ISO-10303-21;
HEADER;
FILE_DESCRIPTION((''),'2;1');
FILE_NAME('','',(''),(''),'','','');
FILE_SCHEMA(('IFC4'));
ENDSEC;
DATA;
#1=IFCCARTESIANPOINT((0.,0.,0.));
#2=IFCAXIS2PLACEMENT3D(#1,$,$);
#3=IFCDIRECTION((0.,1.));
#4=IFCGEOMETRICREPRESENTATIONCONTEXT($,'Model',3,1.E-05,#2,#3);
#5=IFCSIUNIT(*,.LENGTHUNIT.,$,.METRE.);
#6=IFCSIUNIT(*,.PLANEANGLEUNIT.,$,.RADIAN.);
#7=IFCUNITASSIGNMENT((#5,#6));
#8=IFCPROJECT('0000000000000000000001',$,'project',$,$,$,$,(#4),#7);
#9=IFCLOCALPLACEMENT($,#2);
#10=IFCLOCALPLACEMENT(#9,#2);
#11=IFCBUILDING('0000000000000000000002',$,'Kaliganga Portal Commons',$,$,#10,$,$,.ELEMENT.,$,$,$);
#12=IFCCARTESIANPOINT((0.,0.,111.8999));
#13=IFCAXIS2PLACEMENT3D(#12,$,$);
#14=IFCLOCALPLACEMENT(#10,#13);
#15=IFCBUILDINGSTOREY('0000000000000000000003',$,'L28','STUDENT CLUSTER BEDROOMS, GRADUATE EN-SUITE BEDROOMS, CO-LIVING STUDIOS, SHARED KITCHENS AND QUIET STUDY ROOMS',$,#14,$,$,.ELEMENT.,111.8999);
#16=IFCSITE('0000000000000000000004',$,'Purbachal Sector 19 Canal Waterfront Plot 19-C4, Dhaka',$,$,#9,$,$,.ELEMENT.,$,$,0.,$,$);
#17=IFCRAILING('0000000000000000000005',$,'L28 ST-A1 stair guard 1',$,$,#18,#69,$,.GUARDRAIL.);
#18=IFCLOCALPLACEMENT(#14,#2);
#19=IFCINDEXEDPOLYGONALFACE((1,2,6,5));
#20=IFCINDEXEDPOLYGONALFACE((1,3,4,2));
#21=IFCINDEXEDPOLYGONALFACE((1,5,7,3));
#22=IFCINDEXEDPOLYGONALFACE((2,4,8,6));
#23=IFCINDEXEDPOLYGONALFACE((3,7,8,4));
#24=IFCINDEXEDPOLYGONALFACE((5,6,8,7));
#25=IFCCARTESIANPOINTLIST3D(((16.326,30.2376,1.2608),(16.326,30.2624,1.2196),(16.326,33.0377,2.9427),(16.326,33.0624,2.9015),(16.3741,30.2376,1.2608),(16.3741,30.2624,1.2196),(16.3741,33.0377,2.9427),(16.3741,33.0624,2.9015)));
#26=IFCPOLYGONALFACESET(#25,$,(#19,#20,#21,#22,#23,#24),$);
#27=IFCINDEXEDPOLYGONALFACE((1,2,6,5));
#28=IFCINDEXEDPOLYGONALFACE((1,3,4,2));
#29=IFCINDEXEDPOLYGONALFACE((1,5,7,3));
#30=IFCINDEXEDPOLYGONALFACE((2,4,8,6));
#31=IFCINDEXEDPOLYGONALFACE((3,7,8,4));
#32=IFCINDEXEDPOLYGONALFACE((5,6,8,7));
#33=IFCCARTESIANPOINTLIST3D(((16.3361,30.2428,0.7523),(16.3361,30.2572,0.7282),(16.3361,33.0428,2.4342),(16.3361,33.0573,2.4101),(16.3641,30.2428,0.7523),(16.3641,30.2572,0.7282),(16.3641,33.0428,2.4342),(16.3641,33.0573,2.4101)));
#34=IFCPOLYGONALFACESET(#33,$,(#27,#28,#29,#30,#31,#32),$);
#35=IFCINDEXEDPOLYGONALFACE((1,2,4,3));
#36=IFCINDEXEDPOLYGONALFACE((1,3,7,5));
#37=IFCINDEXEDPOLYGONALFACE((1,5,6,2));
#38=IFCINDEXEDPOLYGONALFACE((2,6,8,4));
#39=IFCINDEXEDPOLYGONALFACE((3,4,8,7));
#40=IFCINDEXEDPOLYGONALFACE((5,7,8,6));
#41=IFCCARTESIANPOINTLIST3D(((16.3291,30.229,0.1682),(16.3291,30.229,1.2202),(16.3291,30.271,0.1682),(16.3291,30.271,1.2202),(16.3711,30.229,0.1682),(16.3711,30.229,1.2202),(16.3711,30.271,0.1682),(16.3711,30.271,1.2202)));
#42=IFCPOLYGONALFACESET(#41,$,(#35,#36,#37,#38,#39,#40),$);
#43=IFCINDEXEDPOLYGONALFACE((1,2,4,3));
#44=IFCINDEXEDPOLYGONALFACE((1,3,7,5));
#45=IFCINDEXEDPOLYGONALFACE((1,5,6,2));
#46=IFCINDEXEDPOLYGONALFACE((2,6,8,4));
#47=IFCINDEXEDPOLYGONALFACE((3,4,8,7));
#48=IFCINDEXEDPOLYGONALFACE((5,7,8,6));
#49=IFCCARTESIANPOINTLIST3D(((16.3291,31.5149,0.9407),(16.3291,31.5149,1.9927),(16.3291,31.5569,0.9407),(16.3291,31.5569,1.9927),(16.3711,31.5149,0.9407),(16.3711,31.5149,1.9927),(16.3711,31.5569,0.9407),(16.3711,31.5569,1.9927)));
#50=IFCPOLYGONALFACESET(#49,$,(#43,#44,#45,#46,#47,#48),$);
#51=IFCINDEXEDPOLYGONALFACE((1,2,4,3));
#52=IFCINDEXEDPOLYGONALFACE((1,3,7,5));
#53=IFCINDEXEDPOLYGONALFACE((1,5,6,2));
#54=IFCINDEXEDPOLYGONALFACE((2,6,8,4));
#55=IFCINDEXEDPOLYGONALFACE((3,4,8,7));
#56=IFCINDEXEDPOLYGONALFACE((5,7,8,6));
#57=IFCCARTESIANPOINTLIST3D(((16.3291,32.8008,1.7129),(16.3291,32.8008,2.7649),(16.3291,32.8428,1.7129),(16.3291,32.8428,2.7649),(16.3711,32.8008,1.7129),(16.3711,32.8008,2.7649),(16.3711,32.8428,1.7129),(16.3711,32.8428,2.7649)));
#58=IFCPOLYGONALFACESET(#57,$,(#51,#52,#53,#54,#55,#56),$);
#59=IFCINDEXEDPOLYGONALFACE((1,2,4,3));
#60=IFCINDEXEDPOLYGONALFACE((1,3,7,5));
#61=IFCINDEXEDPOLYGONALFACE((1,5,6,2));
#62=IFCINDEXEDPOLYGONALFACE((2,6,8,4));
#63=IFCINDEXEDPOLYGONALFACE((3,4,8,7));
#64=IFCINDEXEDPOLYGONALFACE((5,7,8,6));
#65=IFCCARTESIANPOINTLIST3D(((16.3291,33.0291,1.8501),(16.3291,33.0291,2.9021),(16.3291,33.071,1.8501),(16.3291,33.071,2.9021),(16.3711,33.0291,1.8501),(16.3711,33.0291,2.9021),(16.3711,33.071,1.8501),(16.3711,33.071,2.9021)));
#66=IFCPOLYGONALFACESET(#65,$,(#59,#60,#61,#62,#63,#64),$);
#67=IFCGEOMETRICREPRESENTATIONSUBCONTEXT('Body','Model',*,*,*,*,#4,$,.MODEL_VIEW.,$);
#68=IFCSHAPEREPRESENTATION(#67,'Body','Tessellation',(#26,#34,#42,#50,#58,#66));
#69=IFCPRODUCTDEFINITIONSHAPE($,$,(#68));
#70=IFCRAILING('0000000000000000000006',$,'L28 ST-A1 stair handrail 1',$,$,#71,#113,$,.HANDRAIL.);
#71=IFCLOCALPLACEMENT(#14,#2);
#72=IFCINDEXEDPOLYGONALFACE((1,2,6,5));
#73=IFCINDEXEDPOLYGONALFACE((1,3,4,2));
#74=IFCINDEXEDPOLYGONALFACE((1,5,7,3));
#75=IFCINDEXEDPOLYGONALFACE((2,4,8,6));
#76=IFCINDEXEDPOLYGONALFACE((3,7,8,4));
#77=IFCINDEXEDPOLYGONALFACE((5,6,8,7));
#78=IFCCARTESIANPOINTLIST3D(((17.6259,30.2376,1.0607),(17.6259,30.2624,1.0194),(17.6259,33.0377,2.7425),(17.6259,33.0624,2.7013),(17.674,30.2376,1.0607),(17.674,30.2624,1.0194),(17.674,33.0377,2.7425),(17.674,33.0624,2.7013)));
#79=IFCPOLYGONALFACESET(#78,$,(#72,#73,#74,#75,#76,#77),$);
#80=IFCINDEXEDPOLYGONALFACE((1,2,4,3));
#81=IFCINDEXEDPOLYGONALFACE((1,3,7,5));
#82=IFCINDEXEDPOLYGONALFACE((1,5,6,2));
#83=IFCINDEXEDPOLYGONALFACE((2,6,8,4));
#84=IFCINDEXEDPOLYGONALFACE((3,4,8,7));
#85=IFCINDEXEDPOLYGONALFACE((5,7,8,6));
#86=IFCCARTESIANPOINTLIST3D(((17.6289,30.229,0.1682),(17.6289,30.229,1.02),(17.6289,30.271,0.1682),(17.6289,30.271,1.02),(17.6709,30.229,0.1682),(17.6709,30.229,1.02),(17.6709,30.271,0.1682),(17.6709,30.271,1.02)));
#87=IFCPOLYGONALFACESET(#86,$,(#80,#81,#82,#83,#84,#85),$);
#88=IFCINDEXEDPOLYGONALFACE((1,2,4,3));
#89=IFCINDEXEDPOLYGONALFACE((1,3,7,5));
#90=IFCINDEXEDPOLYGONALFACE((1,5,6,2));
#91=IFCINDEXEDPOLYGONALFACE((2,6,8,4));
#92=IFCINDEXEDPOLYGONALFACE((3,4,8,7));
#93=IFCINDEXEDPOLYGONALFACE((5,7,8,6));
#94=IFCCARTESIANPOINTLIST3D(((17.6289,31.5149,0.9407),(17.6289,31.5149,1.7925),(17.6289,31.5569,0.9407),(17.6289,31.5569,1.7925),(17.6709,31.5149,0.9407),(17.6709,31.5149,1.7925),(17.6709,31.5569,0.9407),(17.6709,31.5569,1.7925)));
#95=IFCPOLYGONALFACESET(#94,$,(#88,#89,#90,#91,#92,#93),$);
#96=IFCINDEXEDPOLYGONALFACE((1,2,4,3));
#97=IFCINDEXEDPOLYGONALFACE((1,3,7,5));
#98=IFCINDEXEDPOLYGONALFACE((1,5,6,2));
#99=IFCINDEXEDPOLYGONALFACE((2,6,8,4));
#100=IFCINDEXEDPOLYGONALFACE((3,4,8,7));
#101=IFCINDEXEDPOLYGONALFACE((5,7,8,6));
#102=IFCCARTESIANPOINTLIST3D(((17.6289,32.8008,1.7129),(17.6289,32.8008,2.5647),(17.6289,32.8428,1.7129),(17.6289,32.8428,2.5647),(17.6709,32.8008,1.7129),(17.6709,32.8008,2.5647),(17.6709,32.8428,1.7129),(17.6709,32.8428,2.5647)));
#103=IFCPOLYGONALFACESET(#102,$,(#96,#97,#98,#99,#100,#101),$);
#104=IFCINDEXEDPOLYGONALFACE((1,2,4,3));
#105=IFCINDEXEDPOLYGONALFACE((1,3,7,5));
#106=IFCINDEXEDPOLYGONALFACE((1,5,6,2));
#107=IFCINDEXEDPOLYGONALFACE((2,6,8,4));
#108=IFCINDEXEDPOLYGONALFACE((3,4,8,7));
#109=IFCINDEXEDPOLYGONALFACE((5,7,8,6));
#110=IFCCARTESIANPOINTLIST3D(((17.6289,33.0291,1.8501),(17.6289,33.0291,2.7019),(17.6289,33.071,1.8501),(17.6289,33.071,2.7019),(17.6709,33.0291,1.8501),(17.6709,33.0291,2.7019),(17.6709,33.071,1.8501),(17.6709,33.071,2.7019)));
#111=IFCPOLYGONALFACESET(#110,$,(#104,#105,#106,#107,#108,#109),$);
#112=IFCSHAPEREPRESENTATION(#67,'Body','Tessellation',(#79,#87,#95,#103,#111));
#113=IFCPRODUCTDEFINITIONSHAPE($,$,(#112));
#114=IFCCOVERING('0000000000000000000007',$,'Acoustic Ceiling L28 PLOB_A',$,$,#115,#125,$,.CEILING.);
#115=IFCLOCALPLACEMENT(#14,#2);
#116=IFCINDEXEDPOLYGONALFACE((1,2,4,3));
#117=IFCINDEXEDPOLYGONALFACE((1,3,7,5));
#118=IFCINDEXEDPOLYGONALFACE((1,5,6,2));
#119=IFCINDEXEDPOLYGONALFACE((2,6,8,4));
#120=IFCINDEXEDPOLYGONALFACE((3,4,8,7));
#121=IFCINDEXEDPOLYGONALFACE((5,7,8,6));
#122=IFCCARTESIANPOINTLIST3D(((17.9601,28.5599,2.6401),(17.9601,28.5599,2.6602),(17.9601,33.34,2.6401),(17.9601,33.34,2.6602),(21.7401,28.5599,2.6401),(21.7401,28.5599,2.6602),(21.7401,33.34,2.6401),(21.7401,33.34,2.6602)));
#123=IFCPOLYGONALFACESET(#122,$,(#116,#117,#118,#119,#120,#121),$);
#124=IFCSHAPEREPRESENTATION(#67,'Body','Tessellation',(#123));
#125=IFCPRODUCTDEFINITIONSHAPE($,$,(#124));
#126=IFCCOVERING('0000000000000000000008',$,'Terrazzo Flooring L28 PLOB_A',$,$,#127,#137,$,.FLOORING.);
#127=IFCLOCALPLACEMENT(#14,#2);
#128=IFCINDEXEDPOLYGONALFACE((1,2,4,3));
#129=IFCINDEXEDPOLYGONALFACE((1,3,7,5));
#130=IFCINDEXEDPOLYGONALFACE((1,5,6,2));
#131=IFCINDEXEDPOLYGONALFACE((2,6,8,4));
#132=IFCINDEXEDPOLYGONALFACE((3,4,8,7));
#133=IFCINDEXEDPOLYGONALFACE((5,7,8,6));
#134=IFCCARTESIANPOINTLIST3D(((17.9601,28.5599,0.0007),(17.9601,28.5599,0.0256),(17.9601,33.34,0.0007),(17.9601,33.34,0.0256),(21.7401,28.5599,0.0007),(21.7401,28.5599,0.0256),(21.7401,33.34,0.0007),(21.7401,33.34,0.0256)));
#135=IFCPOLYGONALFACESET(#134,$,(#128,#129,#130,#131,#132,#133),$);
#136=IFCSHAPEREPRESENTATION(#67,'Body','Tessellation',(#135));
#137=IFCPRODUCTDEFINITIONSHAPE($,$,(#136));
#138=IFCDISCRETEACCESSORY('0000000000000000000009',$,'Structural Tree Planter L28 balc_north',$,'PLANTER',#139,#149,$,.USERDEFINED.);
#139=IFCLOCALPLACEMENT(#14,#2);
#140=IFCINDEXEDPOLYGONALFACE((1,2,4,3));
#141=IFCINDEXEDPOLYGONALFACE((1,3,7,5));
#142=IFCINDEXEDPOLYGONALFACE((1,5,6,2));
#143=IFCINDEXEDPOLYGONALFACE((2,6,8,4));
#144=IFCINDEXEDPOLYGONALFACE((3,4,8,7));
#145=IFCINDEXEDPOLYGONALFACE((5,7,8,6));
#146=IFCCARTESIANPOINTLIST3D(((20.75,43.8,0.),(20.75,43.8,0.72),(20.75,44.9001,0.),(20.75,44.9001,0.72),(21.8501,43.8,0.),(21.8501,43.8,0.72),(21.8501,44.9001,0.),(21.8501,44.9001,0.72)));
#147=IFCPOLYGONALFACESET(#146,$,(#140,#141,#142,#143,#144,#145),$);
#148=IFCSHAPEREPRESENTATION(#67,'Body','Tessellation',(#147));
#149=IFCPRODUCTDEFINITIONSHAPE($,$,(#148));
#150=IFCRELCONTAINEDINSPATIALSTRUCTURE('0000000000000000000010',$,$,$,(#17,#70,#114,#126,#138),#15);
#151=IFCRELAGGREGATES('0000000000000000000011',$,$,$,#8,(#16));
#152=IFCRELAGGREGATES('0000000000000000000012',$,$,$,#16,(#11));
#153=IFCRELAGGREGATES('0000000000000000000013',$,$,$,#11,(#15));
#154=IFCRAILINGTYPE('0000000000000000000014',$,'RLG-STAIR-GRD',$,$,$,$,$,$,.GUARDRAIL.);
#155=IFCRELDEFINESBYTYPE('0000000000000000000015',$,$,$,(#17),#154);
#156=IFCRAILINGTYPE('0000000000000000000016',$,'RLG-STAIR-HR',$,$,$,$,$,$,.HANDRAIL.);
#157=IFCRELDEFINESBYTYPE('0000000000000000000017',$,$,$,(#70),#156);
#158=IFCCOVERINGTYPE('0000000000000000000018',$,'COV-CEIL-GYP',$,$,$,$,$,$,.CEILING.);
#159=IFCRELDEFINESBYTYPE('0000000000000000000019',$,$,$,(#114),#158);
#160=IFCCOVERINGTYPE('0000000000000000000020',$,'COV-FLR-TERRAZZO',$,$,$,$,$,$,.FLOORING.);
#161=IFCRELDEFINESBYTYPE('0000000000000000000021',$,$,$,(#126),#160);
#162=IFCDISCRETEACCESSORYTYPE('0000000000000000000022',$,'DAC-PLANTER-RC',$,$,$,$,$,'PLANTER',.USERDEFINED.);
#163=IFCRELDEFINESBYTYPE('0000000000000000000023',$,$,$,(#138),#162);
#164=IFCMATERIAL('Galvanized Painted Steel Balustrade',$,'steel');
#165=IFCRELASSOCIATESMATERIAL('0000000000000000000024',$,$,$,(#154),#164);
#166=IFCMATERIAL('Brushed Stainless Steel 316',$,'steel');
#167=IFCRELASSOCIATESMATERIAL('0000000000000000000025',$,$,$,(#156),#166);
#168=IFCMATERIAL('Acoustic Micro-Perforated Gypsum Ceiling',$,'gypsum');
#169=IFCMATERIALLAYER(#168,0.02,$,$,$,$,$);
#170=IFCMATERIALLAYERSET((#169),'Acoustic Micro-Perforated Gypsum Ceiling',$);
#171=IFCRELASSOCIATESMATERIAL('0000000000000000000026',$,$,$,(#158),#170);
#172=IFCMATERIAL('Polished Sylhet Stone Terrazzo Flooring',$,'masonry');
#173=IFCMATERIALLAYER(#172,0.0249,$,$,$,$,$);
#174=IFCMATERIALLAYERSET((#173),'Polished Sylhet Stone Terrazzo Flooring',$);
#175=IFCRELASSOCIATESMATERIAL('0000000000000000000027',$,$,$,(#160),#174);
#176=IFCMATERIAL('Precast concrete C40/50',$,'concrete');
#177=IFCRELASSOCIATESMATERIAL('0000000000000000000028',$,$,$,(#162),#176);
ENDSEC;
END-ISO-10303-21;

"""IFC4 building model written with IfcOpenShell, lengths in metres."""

from ifc_helpers import new_model, si_unit, direction, frame, origin, origin_2d, place, context, subcontext, project, spatial, rectangle, extrude, source, transform, mapped, material, layer, layer_set, type_object, element, save


model = new_model("IFC4")

# Units and contexts
model_context = context("Model", 3, precision=1e-05, world=origin(), true_north=direction((0.0, 1.0)))
body_context = subcontext(model_context, "Body", "Model", "MODEL_VIEW")
ifc_project = project(units=[si_unit("LENGTHUNIT", "METRE"), si_unit("PLANEANGLEUNIT", "RADIAN")], contexts=[model_context])

# Site, building, storey
site_placement = place(None, origin())
site = spatial("IfcSite", under=ifc_project, at=site_placement, Name="Purbachal Sector 19 Canal Waterfront Plot 19-C4, Dhaka", CompositionType="ELEMENT", RefElevation=0.0)
building_placement = place(site_placement, origin())
building = spatial("IfcBuilding", under=site, at=building_placement, Name="Kaliganga Portal Commons", CompositionType="ELEMENT")
storey_placement = place(building_placement, frame((0.0, 0.0, 111.8999)))
storey = spatial("IfcBuildingStorey", under=building, at=storey_placement, Name="L28", Description="STUDENT CLUSTER BEDROOMS, GRADUATE EN-SUITE BEDROOMS, CO-LIVING STUDIOS, SHARED KITCHENS AND QUIET STUDY ROOMS", CompositionType="ELEMENT", Elevation=111.8999)

# Railings
ifc_material_1 = material(Name="Galvanized Painted Steel Balustrade", Category="steel")
railing_type_1 = type_object("IfcRailingType", Name="RLG-STAIR-GRD", PredefinedType="GUARDRAIL", material=ifc_material_1)
railing_1_placement = place(storey_placement, frame((16.3501, 30.25, 0.1682)))
element("IfcRailing", 1, at=railing_1_placement, inside=storey, type_object=railing_type_1, Name="L28 ST-A1 stair guard 1", PredefinedType="GUARDRAIL", context=body_context, shape_type="SweptSolid", body=[
    extrude(rectangle(XDim=0.0481, YDim=0.0481, at=origin_2d()), frame((0.0, 0.0, 1.072), z_axis=(0.0, 0.857242, 0.514913), x_axis=(-1.0, 0.0, 0.0)), (0.0, 0.0, 1.0), 3.2664),
    extrude(rectangle(XDim=0.0281, YDim=0.0281, at=origin_2d()), frame((0.0, 0.0, 0.572), z_axis=(0.0, 0.857242, 0.514913), x_axis=(-1.0, 0.0, 0.0)), (0.0, 0.0, 1.0), 3.2664),
    extrude(rectangle(XDim=0.042, YDim=0.042, at=origin_2d()), origin(), (0.0, 0.0, 1.0), 1.052),
    extrude(rectangle(XDim=0.042, YDim=0.042, at=origin_2d()), frame((0.0, 1.2859, 0.7725)), (0.0, 0.0, 1.0), 1.052),
    extrude(rectangle(XDim=0.042, YDim=0.042, at=origin_2d()), frame((0.0, 2.5718, 1.5447)), (0.0, 0.0, 1.0), 1.052),
    extrude(rectangle(XDim=0.042, YDim=0.042, at=origin_2d()), frame((0.0, 2.8, 1.6819)), (0.0, 0.0, 1.0), 1.052),
])
ifc_material_2 = material(Name="Brushed Stainless Steel 316", Category="steel")
railing_type_2 = type_object("IfcRailingType", Name="RLG-STAIR-HR", PredefinedType="HANDRAIL", material=ifc_material_2)
railing_2_placement = place(storey_placement, frame((17.6499, 30.25, 0.1682)))
element("IfcRailing", 2, at=railing_2_placement, inside=storey, type_object=railing_type_2, Name="L28 ST-A1 stair handrail 1", PredefinedType="HANDRAIL", context=body_context, shape_type="SweptSolid", body=[
    extrude(rectangle(XDim=0.0481, YDim=0.0481, at=origin_2d()), frame((0.0, 0.0, 0.8718), z_axis=(0.0, 0.857242, 0.514913), x_axis=(-1.0, 0.0, 0.0)), (0.0, 0.0, 1.0), 3.2664),
    extrude(rectangle(XDim=0.042, YDim=0.042, at=origin_2d()), origin(), (0.0, 0.0, 1.0), 0.8518),
    extrude(rectangle(XDim=0.042, YDim=0.042, at=origin_2d()), frame((0.0, 1.2859, 0.7725)), (0.0, 0.0, 1.0), 0.8518),
    extrude(rectangle(XDim=0.042, YDim=0.042, at=origin_2d()), frame((0.0, 2.5718, 1.5447)), (0.0, 0.0, 1.0), 0.8518),
    extrude(rectangle(XDim=0.042, YDim=0.042, at=origin_2d()), frame((0.0, 2.8, 1.6819)), (0.0, 0.0, 1.0), 0.8518),
])

# Coverings
ifc_material_3 = material(Name="Acoustic Micro-Perforated Gypsum Ceiling", Category="gypsum")
ifc_layer_1 = layer(ifc_material_3, 0.02)
ifc_layer_set_1 = layer_set([ifc_layer_1], Name="Acoustic Micro-Perforated Gypsum Ceiling")
covering_type_1 = type_object("IfcCoveringType", Name="COV-CEIL-GYP", PredefinedType="CEILING", material=ifc_layer_set_1)
shared_shape_1 = source(origin(), body_context, "Body", "SweptSolid", [
    extrude(rectangle(XDim=3.78, YDim=4.78, at=origin_2d()), origin(), (0.0, 0.0, 1.0), 0.02),
])
covering_1_placement = place(storey_placement, frame((19.8501, 30.95, 2.6401), z_axis=(0.0, 0.0, 1.0), x_axis=(1.0, 0.0, 0.0)))
element("IfcCovering", 3, at=covering_1_placement, inside=storey, type_object=covering_type_1, Name="Acoustic Ceiling L28 PLOB_A", PredefinedType="CEILING", context=body_context, shape_type="MappedRepresentation", body=[
    mapped(shared_shape_1, transform((0.0, 0.0, 0.0), x_axis=(1.0, 0.0, 0.0), y_axis=(0.0, 1.0, 0.0), z_axis=(0.0, 0.0, 1.0), scale=1.0)),
])
ifc_material_4 = material(Name="Polished Sylhet Stone Terrazzo Flooring", Category="masonry")
ifc_layer_2 = layer(ifc_material_4, 0.0249)
ifc_layer_set_2 = layer_set([ifc_layer_2], Name="Polished Sylhet Stone Terrazzo Flooring")
covering_type_2 = type_object("IfcCoveringType", Name="COV-FLR-TERRAZZO", PredefinedType="FLOORING", material=ifc_layer_set_2)
shared_shape_2 = source(origin(), body_context, "Body", "SweptSolid", [
    extrude(rectangle(XDim=3.78, YDim=4.78, at=origin_2d()), origin(), (0.0, 0.0, 1.0), 0.0249),
])
covering_2_placement = place(storey_placement, frame((19.8501, 30.95, 0.0007), z_axis=(0.0, 0.0, 1.0), x_axis=(1.0, 0.0, 0.0)))
element("IfcCovering", 4, at=covering_2_placement, inside=storey, type_object=covering_type_2, Name="Terrazzo Flooring L28 PLOB_A", PredefinedType="FLOORING", context=body_context, shape_type="MappedRepresentation", body=[
    mapped(shared_shape_2, transform((0.0, 0.0, 0.0), x_axis=(1.0, 0.0, 0.0), y_axis=(0.0, 1.0, 0.0), z_axis=(0.0, 0.0, 1.0), scale=1.0)),
])

# Discrete accessory
ifc_material_5 = material(Name="Precast concrete C40/50", Category="concrete")
discrete_accessory_type = type_object("IfcDiscreteAccessoryType", Name="DAC-PLANTER-RC", ElementType="PLANTER", PredefinedType="USERDEFINED", material=ifc_material_5)
shared_shape_3 = source(origin(), body_context, "Body", "SweptSolid", [
    extrude(rectangle(XDim=1.1001, YDim=1.1001, at=origin_2d()), origin(), (0.0, 0.0, 1.0), 0.72),
])
discrete_accessory_placement = place(storey_placement, frame((21.3, 44.3501, 0.0), z_axis=(0.0, 0.0, 1.0), x_axis=(1.0, 0.0, 0.0)))
element("IfcDiscreteAccessory", 5, at=discrete_accessory_placement, inside=storey, type_object=discrete_accessory_type, Name="Structural Tree Planter L28 balc_north", ObjectType="PLANTER", PredefinedType="USERDEFINED", context=body_context, shape_type="MappedRepresentation", body=[
    mapped(shared_shape_3, transform((0.0, 0.0, 0.0), x_axis=(1.0, 0.0, 0.0), y_axis=(0.0, 1.0, 0.0), z_axis=(0.0, 0.0, 1.0), scale=1.0)),
])

save(model, "model.ifc")
